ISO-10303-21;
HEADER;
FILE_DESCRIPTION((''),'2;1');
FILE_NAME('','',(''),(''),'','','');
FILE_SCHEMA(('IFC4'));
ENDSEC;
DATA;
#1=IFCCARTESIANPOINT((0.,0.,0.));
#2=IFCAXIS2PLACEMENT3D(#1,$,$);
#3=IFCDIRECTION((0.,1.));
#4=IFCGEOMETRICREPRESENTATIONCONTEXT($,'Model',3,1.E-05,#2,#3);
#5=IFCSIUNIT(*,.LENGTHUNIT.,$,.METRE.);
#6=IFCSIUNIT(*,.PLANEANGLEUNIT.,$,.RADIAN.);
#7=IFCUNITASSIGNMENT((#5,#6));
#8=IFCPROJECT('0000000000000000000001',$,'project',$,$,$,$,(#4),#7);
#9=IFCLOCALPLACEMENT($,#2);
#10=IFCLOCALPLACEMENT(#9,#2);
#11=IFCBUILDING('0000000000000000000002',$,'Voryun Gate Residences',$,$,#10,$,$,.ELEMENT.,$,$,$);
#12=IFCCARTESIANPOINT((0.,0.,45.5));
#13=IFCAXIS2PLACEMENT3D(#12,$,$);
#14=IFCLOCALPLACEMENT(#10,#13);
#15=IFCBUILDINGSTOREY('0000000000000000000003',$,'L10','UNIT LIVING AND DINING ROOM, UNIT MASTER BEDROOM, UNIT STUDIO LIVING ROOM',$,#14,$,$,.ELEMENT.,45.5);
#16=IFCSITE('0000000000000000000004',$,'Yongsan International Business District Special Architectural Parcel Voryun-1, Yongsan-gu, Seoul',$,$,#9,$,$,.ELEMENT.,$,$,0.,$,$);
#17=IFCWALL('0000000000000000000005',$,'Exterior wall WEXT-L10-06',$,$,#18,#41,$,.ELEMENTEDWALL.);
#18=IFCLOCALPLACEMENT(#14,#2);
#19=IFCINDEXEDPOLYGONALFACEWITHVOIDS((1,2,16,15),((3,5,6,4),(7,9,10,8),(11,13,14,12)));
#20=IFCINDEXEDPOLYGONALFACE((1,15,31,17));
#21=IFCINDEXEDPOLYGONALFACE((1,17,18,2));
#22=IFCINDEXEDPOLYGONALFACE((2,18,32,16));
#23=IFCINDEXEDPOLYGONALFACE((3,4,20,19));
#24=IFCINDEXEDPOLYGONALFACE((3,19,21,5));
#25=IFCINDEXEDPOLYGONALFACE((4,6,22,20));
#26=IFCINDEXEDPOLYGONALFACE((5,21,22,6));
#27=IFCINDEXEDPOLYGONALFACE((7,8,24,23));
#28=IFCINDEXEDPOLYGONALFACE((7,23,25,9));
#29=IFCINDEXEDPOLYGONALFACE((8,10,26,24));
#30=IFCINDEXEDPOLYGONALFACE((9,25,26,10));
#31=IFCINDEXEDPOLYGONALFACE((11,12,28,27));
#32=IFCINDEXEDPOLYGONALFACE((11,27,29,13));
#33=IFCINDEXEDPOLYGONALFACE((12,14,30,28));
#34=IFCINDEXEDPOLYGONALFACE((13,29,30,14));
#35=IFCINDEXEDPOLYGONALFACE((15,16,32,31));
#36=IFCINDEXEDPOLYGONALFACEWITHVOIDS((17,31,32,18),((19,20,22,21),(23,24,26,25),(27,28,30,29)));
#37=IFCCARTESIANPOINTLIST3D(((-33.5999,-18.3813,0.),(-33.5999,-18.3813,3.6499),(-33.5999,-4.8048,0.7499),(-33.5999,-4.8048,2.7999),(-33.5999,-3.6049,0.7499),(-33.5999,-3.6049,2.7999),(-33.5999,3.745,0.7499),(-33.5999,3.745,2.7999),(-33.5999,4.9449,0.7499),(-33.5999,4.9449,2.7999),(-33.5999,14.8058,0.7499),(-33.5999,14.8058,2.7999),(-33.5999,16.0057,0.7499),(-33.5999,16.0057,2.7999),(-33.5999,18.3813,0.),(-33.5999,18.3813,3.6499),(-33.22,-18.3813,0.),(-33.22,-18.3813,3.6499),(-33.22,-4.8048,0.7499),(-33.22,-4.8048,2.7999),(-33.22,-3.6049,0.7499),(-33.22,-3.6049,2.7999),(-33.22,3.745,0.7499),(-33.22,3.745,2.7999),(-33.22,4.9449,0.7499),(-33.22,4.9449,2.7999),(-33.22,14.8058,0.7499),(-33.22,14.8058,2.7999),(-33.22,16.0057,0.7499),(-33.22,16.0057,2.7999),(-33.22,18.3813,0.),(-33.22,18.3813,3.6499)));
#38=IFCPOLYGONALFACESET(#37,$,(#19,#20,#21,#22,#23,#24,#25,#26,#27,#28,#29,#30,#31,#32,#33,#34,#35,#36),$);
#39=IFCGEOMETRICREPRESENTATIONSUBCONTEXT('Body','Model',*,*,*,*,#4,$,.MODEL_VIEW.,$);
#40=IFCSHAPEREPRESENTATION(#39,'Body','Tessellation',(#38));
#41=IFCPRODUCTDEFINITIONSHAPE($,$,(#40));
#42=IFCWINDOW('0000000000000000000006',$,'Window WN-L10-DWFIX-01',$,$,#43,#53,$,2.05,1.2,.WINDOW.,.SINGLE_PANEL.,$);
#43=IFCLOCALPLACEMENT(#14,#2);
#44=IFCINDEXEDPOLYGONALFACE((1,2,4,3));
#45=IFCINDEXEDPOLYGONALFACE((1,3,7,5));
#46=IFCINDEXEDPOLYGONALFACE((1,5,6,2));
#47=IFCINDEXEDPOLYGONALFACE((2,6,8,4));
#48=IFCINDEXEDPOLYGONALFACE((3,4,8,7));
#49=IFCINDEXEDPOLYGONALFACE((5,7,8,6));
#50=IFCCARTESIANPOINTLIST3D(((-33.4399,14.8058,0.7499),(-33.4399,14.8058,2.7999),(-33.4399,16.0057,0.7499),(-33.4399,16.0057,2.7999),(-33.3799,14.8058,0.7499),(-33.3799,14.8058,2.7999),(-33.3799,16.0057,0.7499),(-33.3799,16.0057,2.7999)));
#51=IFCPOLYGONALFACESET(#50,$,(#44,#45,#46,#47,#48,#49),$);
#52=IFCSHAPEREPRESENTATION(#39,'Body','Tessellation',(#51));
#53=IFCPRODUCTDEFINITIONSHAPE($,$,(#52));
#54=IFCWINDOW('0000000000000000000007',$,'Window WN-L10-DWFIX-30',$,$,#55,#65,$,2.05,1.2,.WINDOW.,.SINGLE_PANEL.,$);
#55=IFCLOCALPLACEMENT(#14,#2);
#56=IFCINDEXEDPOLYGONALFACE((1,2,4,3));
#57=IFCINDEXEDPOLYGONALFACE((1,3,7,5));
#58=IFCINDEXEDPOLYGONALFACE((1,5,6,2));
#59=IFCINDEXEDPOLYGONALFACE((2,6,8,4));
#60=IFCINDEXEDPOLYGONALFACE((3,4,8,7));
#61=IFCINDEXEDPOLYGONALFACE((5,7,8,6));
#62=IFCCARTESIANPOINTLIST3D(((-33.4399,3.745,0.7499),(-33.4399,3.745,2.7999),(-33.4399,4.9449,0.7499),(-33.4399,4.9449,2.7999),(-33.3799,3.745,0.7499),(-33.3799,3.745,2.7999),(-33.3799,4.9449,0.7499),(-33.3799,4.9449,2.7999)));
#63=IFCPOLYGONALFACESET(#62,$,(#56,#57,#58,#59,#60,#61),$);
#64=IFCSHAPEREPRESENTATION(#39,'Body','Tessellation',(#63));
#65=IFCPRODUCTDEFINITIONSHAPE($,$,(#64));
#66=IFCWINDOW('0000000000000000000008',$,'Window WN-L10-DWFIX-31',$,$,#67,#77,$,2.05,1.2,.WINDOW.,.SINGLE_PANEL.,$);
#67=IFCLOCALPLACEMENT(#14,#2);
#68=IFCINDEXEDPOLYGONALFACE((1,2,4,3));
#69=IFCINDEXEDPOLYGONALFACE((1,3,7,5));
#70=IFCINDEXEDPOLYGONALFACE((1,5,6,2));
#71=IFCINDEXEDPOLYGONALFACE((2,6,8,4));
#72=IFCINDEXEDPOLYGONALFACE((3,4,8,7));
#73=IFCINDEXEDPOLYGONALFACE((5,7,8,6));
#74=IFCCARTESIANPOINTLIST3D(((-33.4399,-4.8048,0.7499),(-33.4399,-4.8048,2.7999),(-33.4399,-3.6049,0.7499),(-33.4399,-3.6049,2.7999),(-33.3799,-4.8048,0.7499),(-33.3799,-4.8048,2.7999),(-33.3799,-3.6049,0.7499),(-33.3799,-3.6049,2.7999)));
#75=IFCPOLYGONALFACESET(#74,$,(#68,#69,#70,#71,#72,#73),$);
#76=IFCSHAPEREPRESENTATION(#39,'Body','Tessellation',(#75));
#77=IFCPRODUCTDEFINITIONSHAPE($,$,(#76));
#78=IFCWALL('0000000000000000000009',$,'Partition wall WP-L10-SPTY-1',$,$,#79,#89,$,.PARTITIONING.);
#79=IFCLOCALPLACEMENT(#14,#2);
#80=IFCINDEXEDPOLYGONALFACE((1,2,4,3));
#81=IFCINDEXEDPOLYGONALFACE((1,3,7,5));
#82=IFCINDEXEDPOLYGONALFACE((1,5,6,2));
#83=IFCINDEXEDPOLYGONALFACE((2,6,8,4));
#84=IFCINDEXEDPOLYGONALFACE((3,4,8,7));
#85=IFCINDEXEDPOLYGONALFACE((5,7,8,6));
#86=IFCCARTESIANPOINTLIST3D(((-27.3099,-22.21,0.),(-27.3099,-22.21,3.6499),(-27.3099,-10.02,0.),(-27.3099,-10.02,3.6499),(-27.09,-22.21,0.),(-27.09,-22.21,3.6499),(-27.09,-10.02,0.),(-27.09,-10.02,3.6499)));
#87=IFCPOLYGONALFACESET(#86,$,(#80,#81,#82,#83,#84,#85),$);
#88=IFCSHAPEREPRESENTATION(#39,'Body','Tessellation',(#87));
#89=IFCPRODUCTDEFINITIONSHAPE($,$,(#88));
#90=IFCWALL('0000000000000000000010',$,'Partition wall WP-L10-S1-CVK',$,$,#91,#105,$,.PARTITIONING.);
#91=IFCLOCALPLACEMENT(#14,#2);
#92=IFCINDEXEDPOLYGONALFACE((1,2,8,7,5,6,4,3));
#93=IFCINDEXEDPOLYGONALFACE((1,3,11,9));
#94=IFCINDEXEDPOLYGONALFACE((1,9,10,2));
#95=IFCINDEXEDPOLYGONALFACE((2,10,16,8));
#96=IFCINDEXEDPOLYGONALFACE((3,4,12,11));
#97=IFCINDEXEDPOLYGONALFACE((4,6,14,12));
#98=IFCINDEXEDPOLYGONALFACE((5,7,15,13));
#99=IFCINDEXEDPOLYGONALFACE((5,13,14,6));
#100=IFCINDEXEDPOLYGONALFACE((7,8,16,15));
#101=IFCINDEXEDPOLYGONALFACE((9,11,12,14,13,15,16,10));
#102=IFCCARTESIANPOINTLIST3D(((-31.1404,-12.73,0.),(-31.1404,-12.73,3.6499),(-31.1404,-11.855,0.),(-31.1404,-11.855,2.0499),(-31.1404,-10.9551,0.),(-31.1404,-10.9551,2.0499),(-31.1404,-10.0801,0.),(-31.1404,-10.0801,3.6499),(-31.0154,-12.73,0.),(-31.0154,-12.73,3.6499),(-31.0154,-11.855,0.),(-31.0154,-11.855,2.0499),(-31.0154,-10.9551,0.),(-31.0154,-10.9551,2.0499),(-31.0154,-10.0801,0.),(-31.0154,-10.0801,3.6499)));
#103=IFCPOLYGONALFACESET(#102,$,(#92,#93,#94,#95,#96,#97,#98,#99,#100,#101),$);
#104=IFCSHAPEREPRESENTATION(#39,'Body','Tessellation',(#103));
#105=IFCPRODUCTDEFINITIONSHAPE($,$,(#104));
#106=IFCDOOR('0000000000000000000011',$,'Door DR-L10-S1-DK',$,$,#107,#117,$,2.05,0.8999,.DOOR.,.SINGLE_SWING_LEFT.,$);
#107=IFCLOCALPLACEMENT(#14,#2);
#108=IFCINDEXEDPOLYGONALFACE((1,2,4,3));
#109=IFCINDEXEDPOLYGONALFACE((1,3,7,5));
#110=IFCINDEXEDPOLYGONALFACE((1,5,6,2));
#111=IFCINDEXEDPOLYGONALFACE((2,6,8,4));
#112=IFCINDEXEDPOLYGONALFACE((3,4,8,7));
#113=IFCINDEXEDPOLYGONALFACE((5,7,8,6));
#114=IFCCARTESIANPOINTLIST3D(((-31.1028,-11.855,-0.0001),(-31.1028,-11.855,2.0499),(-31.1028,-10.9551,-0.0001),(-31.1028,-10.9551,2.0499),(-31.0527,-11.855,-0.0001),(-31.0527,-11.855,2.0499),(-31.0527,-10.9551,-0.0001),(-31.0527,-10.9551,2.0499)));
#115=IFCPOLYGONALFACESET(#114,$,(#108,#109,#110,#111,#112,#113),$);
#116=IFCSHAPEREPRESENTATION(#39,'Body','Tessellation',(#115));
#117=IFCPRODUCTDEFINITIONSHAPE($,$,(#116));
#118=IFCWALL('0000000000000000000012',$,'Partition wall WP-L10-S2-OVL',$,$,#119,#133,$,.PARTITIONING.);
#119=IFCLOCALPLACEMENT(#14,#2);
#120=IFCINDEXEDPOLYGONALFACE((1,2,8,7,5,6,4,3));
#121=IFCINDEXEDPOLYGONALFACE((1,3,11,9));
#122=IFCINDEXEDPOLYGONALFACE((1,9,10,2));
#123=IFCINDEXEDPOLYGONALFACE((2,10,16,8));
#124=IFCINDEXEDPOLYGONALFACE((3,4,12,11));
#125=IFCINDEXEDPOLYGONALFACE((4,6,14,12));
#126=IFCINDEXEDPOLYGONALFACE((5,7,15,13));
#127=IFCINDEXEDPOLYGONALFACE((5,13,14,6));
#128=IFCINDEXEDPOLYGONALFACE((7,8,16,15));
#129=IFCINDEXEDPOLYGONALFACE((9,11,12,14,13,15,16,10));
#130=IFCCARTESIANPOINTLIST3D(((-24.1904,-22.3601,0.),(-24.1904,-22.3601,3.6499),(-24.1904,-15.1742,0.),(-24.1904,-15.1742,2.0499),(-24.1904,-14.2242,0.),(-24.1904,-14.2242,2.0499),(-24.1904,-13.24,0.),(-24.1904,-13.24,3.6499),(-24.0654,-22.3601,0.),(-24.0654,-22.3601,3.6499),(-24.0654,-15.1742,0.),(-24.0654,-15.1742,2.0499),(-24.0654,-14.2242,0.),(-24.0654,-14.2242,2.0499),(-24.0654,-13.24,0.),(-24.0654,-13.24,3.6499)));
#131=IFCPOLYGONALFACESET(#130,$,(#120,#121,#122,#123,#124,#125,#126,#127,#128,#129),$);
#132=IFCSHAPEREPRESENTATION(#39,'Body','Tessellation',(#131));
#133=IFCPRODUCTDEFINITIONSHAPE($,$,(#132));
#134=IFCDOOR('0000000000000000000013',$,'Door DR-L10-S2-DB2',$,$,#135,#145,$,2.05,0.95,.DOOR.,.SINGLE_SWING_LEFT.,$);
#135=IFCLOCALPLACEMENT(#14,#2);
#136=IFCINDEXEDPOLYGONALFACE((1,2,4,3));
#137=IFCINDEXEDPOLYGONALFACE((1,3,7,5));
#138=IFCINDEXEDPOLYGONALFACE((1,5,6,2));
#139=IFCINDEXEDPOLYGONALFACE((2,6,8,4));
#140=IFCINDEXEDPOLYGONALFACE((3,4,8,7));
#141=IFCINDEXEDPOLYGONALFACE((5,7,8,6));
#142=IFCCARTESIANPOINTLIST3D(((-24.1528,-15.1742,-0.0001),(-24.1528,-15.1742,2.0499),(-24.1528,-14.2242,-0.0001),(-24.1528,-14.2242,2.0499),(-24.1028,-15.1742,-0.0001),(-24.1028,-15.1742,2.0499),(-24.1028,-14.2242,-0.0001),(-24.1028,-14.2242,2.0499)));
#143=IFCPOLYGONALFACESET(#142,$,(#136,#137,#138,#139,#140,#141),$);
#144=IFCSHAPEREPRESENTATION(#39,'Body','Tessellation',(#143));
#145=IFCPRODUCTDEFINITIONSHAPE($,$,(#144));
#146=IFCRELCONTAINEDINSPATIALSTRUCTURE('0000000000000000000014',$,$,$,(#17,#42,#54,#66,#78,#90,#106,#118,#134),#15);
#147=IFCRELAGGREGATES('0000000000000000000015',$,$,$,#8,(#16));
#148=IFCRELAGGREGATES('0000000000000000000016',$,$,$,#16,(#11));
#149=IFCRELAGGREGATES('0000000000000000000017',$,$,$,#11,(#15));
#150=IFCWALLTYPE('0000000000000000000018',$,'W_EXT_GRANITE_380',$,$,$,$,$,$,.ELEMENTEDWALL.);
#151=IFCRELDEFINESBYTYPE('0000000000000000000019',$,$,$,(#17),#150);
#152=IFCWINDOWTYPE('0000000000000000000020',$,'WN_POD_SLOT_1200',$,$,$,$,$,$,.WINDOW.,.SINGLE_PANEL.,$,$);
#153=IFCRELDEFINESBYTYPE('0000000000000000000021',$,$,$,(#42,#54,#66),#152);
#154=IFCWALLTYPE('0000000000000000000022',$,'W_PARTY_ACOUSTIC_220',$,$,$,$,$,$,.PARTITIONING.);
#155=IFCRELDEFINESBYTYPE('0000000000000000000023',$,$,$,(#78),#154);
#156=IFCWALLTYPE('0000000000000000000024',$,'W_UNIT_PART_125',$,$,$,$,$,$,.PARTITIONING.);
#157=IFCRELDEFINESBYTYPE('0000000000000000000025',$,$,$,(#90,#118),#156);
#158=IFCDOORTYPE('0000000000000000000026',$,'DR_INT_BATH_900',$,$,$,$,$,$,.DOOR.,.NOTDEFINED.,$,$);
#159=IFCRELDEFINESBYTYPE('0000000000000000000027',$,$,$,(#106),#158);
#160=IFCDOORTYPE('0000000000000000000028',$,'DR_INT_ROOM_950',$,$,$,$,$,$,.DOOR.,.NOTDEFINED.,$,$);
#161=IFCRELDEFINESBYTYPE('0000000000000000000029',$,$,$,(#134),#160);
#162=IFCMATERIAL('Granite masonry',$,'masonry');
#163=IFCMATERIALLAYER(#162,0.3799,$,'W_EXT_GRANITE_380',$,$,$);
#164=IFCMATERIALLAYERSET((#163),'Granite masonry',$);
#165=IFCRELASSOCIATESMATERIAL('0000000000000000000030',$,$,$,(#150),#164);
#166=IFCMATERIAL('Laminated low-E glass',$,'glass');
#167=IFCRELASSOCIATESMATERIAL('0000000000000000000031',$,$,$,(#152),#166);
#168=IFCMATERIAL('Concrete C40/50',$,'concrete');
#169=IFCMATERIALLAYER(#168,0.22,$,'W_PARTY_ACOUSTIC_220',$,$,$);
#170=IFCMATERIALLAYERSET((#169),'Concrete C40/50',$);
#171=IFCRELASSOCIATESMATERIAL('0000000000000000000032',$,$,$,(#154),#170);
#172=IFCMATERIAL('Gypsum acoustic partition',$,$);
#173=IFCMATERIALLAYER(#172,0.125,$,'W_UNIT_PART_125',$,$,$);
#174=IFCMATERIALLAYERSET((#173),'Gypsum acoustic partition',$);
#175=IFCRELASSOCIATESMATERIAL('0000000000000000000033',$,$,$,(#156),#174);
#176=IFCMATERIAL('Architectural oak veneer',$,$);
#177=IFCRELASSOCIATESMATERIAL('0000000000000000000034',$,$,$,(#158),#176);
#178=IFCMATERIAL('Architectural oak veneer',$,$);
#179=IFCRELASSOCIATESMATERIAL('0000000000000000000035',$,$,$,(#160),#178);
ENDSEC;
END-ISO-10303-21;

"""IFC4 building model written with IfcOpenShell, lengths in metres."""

from ifc_helpers import new_model, si_unit, direction, frame, frame_2d, origin, place, context, subcontext, project, spatial, rectangle, extrude, material, layer, layer_set, type_object, element, fill, save


model = new_model("IFC4")

# Units and contexts
model_context = context("Model", 3, precision=1e-05, world=origin(), true_north=direction((0.0, 1.0)))
body_context = subcontext(model_context, "Body", "Model", "MODEL_VIEW")
ifc_project = project(units=[si_unit("LENGTHUNIT", "METRE"), si_unit("PLANEANGLEUNIT", "RADIAN")], contexts=[model_context])

# Site, building, storey
site_placement = place(None, origin())
site = spatial("IfcSite", under=ifc_project, at=site_placement, Name="Yongsan International Business District Special Architectural Parcel Voryun-1, Yongsan-gu, Seoul", CompositionType="ELEMENT", RefElevation=0.0)
building_placement = place(site_placement, origin())
building = spatial("IfcBuilding", under=site, at=building_placement, Name="Voryun Gate Residences", CompositionType="ELEMENT")
storey_placement = place(building_placement, frame((0.0, 0.0, 45.5)))
storey = spatial("IfcBuildingStorey", under=building, at=storey_placement, Name="L10", Description="UNIT LIVING AND DINING ROOM, UNIT MASTER BEDROOM, UNIT STUDIO LIVING ROOM", CompositionType="ELEMENT", Elevation=45.5)

# Shared definitions
ifc_material_1 = material(Name="Granite masonry", Category="masonry")
ifc_layer_1 = layer(ifc_material_1, 0.3799, Name="W_EXT_GRANITE_380")
ifc_layer_set_1 = layer_set([ifc_layer_1], Name="Granite masonry")
wall_type_1 = type_object("IfcWallType", Name="W_EXT_GRANITE_380", PredefinedType="ELEMENTEDWALL", material=ifc_layer_set_1)

# Wall, openings, windows
wall_1_placement = place(storey_placement, frame((-33.4099, -18.3813, 0.0), z_axis=(0.0, 0.0, 1.0), x_axis=(0.0, 1.0, 0.0)))
wall_1 = element("IfcWall", 1, at=wall_1_placement, inside=storey, type_object=wall_type_1, Name="Exterior wall WEXT-L10-06", PredefinedType="ELEMENTEDWALL", context=body_context, shape_type="SweptSolid", body=[
    extrude(rectangle(XDim=36.7627, YDim=0.3799, at=frame_2d((18.3813, 0.0))), origin(), (0.0, 0.0, 1.0), 3.6499),
])
opening_1_placement = place(wall_1_placement, frame((33.187, 0.0, 0.75)))
opening_1 = element("IfcOpeningElement", 2, at=opening_1_placement, cuts=wall_1, PredefinedType="OPENING", context=body_context, shape_type="SweptSolid", body=[
    extrude(rectangle(XDim=1.2, YDim=2.05, at=frame_2d((0.6001, 1.0249))), frame((0.0, 0.2, 0.0), z_axis=(0.0, -1.0, 0.0), x_axis=(1.0, 0.0, 0.0)), (0.0, 0.0, 1.0), 0.3999),
])
opening_2_placement = place(wall_1_placement, frame((22.1262, 0.0, 0.75)))
opening_2 = element("IfcOpeningElement", 3, at=opening_2_placement, cuts=wall_1, PredefinedType="OPENING", context=body_context, shape_type="SweptSolid", body=[
    extrude(rectangle(XDim=1.2, YDim=2.05, at=frame_2d((0.6001, 1.0249))), frame((0.0, 0.2, 0.0), z_axis=(0.0, -1.0, 0.0), x_axis=(1.0, 0.0, 0.0)), (0.0, 0.0, 1.0), 0.3999),
])
opening_3_placement = place(wall_1_placement, frame((13.5764, 0.0, 0.75)))
opening_3 = element("IfcOpeningElement", 4, at=opening_3_placement, cuts=wall_1, PredefinedType="OPENING", context=body_context, shape_type="SweptSolid", body=[
    extrude(rectangle(XDim=1.2, YDim=2.05, at=frame_2d((0.6001, 1.0249))), frame((0.0, 0.2, 0.0), z_axis=(0.0, -1.0, 0.0), x_axis=(1.0, 0.0, 0.0)), (0.0, 0.0, 1.0), 0.3999),
])
ifc_material_2 = material(Name="Laminated low-E glass", Category="glass")
window_type = type_object("IfcWindowType", Name="WN_POD_SLOT_1200", PartitioningType="SINGLE_PANEL", PredefinedType="WINDOW", material=ifc_material_2)
window_1_placement = place(opening_1_placement, origin())
window_1 = element("IfcWindow", 5, at=window_1_placement, inside=storey, type_object=window_type, Name="Window WN-L10-DWFIX-01", OverallHeight=2.05, OverallWidth=1.2, PartitioningType="SINGLE_PANEL", PredefinedType="WINDOW", context=body_context, shape_type="SweptSolid", body=[
    extrude(rectangle(XDim=1.2, YDim=2.05, at=frame_2d((0.6001, 1.0249))), frame((0.0, 0.03, 0.0), z_axis=(0.0, -1.0, 0.0), x_axis=(1.0, 0.0, 0.0)), (0.0, 0.0, 1.0), 0.0601),
])
fill(opening_1, window_1)
window_2_placement = place(opening_2_placement, origin())
window_2 = element("IfcWindow", 6, at=window_2_placement, inside=storey, type_object=window_type, Name="Window WN-L10-DWFIX-30", OverallHeight=2.05, OverallWidth=1.2, PartitioningType="SINGLE_PANEL", PredefinedType="WINDOW", context=body_context, shape_type="SweptSolid", body=[
    extrude(rectangle(XDim=1.2, YDim=2.05, at=frame_2d((0.6001, 1.0249))), frame((0.0, 0.03, 0.0), z_axis=(0.0, -1.0, 0.0), x_axis=(1.0, 0.0, 0.0)), (0.0, 0.0, 1.0), 0.0601),
])
fill(opening_2, window_2)
window_3_placement = place(opening_3_placement, origin())
window_3 = element("IfcWindow", 7, at=window_3_placement, inside=storey, type_object=window_type, Name="Window WN-L10-DWFIX-31", OverallHeight=2.05, OverallWidth=1.2, PartitioningType="SINGLE_PANEL", PredefinedType="WINDOW", context=body_context, shape_type="SweptSolid", body=[
    extrude(rectangle(XDim=1.2, YDim=2.05, at=frame_2d((0.6001, 1.0249))), frame((0.0, 0.03, 0.0), z_axis=(0.0, -1.0, 0.0), x_axis=(1.0, 0.0, 0.0)), (0.0, 0.0, 1.0), 0.0601),
])
fill(opening_3, window_3)

# Wall
ifc_material_3 = material(Name="Concrete C40/50", Category="concrete")
ifc_layer_2 = layer(ifc_material_3, 0.22, Name="W_PARTY_ACOUSTIC_220")
ifc_layer_set_2 = layer_set([ifc_layer_2], Name="Concrete C40/50")
wall_type_2 = type_object("IfcWallType", Name="W_PARTY_ACOUSTIC_220", PredefinedType="PARTITIONING", material=ifc_layer_set_2)
wall_2_placement = place(storey_placement, frame((-27.2, -22.21, 0.0), z_axis=(0.0, 0.0, 1.0), x_axis=(0.0, 1.0, 0.0)))
element("IfcWall", 8, at=wall_2_placement, inside=storey, type_object=wall_type_2, Name="Partition wall WP-L10-SPTY-1", PredefinedType="PARTITIONING", context=body_context, shape_type="SweptSolid", body=[
    extrude(rectangle(XDim=12.1899, YDim=0.22, at=frame_2d((6.095, 0.0))), origin(), (0.0, 0.0, 1.0), 3.6499),
])

# Walls, openings, doors
ifc_material_4 = material(Name="Gypsum acoustic partition")
ifc_layer_3 = layer(ifc_material_4, 0.125, Name="W_UNIT_PART_125")
ifc_layer_set_3 = layer_set([ifc_layer_3], Name="Gypsum acoustic partition")
wall_type_3 = type_object("IfcWallType", Name="W_UNIT_PART_125", PredefinedType="PARTITIONING", material=ifc_layer_set_3)
wall_3_placement = place(storey_placement, frame((-31.0779, -12.73, 0.0), z_axis=(0.0, 0.0, 1.0), x_axis=(0.0, 1.0, 0.0)))
wall_3 = element("IfcWall", 9, at=wall_3_placement, inside=storey, type_object=wall_type_3, Name="Partition wall WP-L10-S1-CVK", PredefinedType="PARTITIONING", context=body_context, shape_type="SweptSolid", body=[
    extrude(rectangle(XDim=2.6499, YDim=0.125, at=frame_2d((1.325, 0.0))), origin(), (0.0, 0.0, 1.0), 3.6499),
])
opening_4_placement = place(wall_3_placement, frame((0.875, 0.0, 0.0)))
opening_4 = element("IfcOpeningElement", 10, at=opening_4_placement, cuts=wall_3, PredefinedType="OPENING", context=body_context, shape_type="SweptSolid", body=[
    extrude(rectangle(XDim=0.8999, YDim=2.05, at=frame_2d((0.45, 1.0249))), frame((0.0, 0.0725, 0.0), z_axis=(0.0, -1.0, 0.0), x_axis=(1.0, 0.0, 0.0)), (0.0, 0.0, 1.0), 0.145),
])
ifc_material_5 = material(Name="Architectural oak veneer")
door_type_1 = type_object("IfcDoorType", Name="DR_INT_BATH_900", OperationType="NOTDEFINED", PredefinedType="DOOR", material=ifc_material_5)
door_1_placement = place(opening_4_placement, origin())
door_1 = element("IfcDoor", 11, at=door_1_placement, inside=storey, type_object=door_type_1, Name="Door DR-L10-S1-DK", OperationType="SINGLE_SWING_LEFT", OverallHeight=2.05, OverallWidth=0.8999, PredefinedType="DOOR", context=body_context, shape_type="SweptSolid", body=[
    extrude(rectangle(XDim=0.8999, YDim=2.05, at=frame_2d((0.45, 1.0249))), frame((0.0, 0.0249, 0.0), z_axis=(0.0, -1.0, 0.0), x_axis=(1.0, 0.0, 0.0)), (0.0, 0.0, 1.0), 0.05),
])
fill(opening_4, door_1)
wall_4_placement = place(storey_placement, frame((-24.1279, -22.3601, 0.0), z_axis=(0.0, 0.0, 1.0), x_axis=(0.0, 1.0, 0.0)))
wall_4 = element("IfcWall", 12, at=wall_4_placement, inside=storey, type_object=wall_type_3, Name="Partition wall WP-L10-S2-OVL", PredefinedType="PARTITIONING", context=body_context, shape_type="SweptSolid", body=[
    extrude(rectangle(XDim=9.1201, YDim=0.125, at=frame_2d((4.5601, 0.0))), origin(), (0.0, 0.0, 1.0), 3.6499),
])
opening_5_placement = place(wall_4_placement, frame((7.1858, 0.0, 0.0)))
opening_5 = element("IfcOpeningElement", 13, at=opening_5_placement, cuts=wall_4, PredefinedType="OPENING", context=body_context, shape_type="SweptSolid", body=[
    extrude(rectangle(XDim=0.95, YDim=2.05, at=frame_2d((0.4751, 1.0249))), frame((0.0, 0.0725, 0.0), z_axis=(0.0, -1.0, 0.0), x_axis=(1.0, 0.0, 0.0)), (0.0, 0.0, 1.0), 0.145),
])
ifc_material_6 = material(Name="Architectural oak veneer")
door_type_2 = type_object("IfcDoorType", Name="DR_INT_ROOM_950", OperationType="NOTDEFINED", PredefinedType="DOOR", material=ifc_material_6)
door_2_placement = place(opening_5_placement, origin())
door_2 = element("IfcDoor", 14, at=door_2_placement, inside=storey, type_object=door_type_2, Name="Door DR-L10-S2-DB2", OperationType="SINGLE_SWING_LEFT", OverallHeight=2.05, OverallWidth=0.95, PredefinedType="DOOR", context=body_context, shape_type="SweptSolid", body=[
    extrude(rectangle(XDim=0.95, YDim=2.05, at=frame_2d((0.4751, 1.0249))), frame((0.0, 0.0249, 0.0), z_axis=(0.0, -1.0, 0.0), x_axis=(1.0, 0.0, 0.0)), (0.0, 0.0, 1.0), 0.05),
])
fill(opening_5, door_2)

save(model, "model.ifc")
